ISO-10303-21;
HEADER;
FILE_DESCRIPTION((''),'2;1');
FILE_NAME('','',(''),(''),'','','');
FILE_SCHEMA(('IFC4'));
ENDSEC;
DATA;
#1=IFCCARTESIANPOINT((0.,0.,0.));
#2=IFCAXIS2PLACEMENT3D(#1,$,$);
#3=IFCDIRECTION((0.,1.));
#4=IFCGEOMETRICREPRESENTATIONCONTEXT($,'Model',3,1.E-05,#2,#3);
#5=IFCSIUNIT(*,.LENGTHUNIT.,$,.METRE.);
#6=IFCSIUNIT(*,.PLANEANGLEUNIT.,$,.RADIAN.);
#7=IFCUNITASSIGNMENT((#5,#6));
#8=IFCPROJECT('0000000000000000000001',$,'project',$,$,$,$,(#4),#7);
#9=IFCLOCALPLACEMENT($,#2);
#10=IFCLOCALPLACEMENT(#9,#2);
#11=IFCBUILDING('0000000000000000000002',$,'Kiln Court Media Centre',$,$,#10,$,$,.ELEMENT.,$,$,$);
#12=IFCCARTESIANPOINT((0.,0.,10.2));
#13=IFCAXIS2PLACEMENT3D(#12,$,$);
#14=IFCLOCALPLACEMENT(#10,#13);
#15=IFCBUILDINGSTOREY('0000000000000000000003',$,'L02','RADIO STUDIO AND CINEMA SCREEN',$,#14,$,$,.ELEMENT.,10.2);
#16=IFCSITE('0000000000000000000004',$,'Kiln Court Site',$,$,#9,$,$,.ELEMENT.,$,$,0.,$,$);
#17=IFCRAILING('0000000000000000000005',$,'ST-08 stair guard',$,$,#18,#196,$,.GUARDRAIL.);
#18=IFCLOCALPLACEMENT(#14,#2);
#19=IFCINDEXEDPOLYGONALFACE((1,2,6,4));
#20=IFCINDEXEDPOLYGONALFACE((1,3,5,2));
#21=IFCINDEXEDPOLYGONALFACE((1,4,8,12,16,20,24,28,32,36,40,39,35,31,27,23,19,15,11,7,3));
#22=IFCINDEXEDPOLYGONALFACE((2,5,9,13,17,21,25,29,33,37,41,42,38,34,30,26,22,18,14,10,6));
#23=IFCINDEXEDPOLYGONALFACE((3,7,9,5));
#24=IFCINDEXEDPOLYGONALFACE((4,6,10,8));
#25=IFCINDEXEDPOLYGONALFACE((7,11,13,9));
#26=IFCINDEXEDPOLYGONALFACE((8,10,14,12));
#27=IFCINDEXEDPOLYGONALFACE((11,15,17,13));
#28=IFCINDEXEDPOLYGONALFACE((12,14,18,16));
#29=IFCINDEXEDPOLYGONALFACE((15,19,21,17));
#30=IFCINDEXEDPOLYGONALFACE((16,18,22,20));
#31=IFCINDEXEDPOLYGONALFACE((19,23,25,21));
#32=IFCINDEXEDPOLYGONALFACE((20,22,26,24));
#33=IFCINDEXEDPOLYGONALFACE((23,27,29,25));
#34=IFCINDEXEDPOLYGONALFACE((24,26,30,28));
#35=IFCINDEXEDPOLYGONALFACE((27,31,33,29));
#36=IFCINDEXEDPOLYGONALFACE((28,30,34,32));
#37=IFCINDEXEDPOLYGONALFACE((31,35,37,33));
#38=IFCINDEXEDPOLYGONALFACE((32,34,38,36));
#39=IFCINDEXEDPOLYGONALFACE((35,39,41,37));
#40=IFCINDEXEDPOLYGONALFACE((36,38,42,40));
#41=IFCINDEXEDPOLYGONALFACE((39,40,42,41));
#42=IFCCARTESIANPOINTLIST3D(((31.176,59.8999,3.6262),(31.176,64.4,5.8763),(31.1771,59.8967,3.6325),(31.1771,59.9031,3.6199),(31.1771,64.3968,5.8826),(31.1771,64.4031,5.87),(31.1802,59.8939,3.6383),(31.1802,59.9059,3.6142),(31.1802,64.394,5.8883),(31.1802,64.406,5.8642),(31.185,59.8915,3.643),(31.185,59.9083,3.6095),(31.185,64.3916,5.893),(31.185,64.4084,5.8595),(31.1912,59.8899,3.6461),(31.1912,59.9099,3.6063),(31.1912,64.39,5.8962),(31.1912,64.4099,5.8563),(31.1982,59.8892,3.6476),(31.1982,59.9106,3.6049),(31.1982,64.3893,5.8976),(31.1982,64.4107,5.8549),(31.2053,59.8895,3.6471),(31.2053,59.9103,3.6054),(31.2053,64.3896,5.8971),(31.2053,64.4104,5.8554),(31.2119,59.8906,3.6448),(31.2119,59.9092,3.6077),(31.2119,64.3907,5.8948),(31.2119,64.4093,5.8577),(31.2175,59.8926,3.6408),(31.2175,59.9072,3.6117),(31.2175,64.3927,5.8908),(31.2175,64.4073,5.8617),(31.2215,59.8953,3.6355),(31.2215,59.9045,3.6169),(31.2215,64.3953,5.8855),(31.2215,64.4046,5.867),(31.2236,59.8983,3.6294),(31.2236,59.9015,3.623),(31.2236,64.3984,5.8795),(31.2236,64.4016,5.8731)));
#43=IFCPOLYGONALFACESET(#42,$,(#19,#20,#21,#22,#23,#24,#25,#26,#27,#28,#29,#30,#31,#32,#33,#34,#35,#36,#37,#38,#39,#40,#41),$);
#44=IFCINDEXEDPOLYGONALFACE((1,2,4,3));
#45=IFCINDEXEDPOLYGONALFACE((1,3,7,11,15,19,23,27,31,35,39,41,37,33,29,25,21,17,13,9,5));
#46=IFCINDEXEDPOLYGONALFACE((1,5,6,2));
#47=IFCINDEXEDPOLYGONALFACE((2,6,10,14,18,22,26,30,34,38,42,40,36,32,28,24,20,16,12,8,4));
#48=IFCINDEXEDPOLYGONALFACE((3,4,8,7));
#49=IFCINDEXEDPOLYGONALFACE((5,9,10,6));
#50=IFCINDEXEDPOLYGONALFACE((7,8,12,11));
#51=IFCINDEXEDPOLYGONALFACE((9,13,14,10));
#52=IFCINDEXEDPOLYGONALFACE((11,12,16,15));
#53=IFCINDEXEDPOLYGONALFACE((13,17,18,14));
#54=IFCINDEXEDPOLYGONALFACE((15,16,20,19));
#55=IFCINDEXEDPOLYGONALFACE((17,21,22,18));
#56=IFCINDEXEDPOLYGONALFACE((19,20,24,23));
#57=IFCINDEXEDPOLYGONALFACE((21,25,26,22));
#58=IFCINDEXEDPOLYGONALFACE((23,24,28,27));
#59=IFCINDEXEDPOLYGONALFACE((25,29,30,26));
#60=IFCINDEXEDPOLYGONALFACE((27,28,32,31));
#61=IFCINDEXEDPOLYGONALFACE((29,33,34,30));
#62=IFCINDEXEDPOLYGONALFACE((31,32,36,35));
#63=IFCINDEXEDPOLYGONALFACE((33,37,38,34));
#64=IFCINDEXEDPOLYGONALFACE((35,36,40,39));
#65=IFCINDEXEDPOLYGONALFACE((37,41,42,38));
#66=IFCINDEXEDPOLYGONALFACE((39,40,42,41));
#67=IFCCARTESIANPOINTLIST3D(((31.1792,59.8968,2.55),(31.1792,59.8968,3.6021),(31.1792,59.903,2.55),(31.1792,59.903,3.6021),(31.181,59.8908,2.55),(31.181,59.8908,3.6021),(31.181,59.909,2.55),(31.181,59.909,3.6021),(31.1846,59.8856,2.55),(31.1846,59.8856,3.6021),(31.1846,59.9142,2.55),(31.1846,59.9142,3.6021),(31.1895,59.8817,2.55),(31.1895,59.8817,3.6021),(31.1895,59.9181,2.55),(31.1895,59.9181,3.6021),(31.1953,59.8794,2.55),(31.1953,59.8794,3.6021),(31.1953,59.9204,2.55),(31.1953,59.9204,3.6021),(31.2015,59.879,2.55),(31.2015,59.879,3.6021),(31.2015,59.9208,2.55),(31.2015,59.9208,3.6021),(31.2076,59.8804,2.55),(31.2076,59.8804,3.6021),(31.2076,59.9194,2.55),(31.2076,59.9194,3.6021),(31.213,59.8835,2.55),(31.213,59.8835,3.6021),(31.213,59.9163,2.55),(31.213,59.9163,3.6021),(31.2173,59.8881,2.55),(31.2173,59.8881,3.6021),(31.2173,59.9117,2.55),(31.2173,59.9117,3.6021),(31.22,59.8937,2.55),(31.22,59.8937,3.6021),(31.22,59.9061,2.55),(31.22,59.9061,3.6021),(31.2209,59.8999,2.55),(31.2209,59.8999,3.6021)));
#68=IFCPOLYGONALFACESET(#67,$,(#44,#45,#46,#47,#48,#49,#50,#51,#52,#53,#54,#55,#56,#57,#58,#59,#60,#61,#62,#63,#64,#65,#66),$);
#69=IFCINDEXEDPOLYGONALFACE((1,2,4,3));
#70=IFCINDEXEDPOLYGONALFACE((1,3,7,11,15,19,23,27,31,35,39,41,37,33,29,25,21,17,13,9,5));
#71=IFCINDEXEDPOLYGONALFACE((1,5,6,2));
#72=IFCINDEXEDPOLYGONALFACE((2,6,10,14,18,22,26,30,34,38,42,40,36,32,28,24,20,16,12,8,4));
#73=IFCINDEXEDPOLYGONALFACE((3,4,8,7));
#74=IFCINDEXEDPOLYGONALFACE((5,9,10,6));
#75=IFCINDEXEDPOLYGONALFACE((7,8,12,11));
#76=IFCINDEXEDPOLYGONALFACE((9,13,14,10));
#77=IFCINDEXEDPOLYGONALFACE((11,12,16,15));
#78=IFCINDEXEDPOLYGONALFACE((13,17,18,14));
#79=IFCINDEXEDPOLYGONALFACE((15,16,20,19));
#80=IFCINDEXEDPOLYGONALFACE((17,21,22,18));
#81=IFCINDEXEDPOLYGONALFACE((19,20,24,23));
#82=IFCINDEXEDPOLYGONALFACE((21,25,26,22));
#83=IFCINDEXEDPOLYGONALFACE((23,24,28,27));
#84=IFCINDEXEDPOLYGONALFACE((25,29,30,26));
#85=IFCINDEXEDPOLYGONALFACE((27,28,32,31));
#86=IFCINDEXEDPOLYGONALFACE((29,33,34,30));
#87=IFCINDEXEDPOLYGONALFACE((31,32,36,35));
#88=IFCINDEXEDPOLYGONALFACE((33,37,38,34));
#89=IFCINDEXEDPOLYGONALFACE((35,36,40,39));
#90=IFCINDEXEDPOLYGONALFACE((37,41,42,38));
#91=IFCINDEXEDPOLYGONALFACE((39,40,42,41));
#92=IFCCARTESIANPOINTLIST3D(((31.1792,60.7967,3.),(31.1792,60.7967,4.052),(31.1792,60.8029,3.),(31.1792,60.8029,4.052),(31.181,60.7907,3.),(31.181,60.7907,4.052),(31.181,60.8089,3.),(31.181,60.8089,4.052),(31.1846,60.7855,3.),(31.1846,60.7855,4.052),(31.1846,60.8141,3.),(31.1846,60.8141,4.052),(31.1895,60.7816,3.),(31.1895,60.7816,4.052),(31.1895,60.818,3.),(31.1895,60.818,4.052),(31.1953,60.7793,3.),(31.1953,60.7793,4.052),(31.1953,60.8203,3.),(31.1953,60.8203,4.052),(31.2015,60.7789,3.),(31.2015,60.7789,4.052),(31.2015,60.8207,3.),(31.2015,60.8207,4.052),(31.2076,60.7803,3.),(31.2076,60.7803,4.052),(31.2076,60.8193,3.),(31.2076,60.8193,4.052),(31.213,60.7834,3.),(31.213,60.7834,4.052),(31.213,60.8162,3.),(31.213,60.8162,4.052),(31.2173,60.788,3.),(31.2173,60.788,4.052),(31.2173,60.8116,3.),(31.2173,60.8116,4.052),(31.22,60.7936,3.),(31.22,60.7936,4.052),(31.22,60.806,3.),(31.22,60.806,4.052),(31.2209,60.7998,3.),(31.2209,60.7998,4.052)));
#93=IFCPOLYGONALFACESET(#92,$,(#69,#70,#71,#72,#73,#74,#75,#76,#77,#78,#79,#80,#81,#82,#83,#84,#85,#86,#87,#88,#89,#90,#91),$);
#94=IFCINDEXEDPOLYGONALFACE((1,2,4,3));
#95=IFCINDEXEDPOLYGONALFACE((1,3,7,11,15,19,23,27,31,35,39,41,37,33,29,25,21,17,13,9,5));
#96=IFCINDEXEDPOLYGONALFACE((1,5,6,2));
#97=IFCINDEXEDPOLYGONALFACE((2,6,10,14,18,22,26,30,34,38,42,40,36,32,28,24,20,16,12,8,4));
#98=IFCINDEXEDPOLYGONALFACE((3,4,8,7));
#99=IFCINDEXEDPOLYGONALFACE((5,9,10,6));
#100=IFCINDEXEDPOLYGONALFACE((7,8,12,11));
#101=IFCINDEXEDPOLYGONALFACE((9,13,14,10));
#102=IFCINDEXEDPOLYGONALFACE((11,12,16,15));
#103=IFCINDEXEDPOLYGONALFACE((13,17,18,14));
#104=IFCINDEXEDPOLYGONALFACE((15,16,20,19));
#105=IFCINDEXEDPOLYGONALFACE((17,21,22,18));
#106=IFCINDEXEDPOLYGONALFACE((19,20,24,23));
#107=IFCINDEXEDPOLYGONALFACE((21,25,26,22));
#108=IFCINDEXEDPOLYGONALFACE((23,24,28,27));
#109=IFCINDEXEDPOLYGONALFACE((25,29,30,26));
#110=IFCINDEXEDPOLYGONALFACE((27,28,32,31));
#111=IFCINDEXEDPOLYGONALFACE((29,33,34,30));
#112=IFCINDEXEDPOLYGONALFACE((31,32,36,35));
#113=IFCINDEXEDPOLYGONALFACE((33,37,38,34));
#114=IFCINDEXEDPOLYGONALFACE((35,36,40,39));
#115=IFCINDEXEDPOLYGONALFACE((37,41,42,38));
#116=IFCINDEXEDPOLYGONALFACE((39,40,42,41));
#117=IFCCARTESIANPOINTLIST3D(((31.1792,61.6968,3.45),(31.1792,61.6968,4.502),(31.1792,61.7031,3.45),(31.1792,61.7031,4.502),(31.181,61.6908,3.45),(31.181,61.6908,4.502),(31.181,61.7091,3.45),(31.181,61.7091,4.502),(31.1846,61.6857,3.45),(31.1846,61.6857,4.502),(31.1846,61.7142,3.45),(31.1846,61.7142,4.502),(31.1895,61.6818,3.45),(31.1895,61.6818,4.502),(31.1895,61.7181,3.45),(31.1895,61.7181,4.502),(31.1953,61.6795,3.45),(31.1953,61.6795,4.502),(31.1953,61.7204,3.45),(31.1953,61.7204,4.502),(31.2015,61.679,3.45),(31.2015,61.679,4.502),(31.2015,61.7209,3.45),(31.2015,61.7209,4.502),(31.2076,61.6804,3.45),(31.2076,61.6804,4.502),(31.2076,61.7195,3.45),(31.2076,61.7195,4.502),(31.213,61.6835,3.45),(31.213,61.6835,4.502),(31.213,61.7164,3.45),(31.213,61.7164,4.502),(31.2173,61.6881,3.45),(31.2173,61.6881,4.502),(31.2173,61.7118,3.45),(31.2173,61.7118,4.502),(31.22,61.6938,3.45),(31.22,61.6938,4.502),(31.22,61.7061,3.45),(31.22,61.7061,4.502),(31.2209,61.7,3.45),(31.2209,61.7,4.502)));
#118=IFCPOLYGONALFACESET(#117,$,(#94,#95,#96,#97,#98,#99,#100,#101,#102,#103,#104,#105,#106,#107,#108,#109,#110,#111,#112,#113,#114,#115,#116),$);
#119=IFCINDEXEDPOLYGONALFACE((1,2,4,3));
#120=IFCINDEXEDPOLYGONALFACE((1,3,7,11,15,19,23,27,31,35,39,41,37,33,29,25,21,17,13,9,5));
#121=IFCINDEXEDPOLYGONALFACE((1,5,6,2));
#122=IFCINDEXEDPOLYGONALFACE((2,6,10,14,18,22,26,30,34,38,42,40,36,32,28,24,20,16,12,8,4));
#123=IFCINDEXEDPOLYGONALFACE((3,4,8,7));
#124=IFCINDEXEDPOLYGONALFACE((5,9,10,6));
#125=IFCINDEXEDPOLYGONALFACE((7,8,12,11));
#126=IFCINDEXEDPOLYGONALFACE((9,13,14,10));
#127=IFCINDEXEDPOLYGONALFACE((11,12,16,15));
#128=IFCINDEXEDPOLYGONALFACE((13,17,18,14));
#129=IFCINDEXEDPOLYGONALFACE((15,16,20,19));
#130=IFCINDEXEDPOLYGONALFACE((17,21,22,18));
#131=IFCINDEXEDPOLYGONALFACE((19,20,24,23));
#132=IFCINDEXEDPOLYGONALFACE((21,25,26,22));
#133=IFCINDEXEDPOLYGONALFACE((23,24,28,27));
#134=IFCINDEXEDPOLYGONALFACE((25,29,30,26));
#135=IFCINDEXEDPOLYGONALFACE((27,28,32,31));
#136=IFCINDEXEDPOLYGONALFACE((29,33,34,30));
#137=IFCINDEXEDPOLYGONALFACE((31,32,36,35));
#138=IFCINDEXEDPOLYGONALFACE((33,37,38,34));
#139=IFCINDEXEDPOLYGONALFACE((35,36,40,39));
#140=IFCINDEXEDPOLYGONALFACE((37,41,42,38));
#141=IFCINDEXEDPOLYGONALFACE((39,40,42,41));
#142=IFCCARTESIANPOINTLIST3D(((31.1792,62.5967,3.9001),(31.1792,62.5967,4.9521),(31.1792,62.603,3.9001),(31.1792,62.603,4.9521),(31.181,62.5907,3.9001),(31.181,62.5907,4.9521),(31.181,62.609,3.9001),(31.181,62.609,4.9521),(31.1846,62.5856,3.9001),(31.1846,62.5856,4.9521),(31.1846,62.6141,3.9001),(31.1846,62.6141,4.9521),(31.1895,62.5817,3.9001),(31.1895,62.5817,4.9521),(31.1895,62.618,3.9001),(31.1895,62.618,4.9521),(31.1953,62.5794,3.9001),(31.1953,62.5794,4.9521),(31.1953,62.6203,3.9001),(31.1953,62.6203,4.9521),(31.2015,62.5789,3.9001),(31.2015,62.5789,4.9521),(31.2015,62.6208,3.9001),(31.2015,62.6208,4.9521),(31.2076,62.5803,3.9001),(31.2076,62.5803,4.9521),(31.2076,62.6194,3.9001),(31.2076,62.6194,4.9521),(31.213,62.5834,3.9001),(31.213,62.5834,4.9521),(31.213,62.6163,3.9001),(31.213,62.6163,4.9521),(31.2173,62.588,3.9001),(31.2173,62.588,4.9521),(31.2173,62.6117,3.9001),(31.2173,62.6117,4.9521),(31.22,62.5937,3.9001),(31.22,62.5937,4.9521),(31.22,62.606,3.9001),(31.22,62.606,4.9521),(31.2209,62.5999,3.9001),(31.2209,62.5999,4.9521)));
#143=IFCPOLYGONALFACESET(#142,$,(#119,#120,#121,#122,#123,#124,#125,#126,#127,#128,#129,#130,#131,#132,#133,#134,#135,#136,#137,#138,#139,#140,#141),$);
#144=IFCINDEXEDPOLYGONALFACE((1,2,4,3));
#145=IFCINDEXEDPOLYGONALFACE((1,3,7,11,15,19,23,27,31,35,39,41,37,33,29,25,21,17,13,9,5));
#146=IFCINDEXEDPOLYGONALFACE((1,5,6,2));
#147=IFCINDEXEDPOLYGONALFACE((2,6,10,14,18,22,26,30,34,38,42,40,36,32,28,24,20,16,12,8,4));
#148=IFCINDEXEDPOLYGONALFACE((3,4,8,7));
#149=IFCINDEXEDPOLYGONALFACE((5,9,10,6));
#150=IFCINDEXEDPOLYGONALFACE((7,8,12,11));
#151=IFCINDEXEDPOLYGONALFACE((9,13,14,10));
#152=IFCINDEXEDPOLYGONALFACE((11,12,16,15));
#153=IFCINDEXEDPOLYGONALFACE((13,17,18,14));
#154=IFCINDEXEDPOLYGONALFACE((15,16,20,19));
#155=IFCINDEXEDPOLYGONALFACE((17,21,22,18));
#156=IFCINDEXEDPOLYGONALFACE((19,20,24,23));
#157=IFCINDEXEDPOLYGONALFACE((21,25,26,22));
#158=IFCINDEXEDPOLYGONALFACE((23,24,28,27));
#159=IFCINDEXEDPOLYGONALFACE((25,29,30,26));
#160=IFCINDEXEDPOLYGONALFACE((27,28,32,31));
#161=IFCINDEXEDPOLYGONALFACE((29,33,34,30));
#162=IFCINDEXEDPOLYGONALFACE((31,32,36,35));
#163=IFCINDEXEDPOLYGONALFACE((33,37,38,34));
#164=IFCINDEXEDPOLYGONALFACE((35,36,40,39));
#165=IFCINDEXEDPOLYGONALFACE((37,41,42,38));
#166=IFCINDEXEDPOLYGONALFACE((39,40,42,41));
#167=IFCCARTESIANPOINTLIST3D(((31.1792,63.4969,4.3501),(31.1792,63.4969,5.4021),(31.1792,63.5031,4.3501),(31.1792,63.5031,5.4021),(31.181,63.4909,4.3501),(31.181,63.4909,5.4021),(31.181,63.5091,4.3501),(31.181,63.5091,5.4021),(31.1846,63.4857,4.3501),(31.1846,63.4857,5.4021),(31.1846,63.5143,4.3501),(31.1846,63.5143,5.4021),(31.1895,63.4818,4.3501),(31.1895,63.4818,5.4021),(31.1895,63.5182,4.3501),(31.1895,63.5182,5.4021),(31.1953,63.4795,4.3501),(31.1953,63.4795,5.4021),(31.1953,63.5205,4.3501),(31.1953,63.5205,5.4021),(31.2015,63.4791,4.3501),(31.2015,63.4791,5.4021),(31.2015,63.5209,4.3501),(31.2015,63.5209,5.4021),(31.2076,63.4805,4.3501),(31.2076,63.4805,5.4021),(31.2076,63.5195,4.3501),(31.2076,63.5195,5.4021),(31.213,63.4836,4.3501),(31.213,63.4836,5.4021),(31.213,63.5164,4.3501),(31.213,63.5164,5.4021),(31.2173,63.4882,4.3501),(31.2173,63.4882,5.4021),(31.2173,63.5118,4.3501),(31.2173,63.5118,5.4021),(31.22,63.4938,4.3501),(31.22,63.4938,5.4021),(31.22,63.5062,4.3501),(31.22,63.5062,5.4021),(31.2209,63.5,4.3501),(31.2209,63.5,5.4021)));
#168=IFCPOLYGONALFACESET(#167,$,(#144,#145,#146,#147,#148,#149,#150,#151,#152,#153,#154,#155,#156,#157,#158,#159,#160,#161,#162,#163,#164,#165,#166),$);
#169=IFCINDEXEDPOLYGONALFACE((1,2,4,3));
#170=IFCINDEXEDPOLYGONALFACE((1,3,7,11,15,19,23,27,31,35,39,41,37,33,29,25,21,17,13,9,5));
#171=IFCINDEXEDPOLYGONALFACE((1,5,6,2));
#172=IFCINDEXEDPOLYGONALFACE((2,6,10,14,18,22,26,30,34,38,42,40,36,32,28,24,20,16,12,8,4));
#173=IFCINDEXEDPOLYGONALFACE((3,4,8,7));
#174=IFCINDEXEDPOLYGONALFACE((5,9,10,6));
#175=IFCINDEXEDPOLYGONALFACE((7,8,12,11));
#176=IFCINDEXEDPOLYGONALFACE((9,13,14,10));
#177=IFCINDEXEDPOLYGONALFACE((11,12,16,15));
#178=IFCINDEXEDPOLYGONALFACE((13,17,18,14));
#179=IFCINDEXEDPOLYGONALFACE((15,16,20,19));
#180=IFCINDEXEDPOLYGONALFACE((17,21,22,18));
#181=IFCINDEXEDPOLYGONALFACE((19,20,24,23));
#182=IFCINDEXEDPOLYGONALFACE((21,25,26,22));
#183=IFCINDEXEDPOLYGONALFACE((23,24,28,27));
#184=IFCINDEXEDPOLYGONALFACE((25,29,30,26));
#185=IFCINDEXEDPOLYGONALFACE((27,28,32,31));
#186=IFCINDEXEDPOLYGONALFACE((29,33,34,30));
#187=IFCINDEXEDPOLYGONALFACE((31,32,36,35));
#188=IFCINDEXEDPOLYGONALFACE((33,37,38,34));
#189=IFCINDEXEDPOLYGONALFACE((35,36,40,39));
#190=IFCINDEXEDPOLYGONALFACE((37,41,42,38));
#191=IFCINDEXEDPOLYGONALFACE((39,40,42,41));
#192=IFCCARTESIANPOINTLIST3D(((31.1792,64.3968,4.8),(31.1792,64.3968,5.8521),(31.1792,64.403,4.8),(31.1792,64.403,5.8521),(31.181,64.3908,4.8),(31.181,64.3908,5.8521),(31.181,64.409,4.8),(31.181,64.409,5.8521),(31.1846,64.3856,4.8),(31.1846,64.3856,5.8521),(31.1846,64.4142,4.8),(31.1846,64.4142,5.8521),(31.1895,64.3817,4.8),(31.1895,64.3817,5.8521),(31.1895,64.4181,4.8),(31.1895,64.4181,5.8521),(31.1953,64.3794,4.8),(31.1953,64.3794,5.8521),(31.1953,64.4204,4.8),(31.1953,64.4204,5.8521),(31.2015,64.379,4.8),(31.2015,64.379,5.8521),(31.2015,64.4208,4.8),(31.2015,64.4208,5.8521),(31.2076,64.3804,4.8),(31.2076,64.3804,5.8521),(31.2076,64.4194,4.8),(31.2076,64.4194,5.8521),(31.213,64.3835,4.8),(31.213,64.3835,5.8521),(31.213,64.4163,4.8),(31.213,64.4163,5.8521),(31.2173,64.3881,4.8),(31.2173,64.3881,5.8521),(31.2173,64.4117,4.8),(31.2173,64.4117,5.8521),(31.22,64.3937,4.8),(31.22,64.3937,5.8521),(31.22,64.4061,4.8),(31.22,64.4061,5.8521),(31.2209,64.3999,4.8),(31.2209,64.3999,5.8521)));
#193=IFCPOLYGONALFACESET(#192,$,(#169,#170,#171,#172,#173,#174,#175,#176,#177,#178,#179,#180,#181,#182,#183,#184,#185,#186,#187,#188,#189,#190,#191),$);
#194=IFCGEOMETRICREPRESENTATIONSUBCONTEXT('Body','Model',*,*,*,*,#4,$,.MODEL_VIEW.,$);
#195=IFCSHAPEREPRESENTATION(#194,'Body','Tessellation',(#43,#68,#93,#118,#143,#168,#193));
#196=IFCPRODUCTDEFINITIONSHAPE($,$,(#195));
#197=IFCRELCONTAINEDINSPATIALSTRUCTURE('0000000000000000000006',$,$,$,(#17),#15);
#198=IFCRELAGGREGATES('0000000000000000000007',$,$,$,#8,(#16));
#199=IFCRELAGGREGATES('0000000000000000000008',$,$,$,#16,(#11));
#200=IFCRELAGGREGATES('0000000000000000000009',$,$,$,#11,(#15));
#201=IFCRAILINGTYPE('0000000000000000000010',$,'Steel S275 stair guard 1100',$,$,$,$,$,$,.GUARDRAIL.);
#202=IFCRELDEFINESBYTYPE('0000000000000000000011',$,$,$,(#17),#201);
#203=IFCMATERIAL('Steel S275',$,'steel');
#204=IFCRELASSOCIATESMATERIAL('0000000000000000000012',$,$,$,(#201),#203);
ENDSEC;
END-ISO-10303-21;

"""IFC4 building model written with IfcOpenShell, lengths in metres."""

from ifc_helpers import new_model, si_unit, direction, frame, origin, origin_2d, place, context, subcontext, project, spatial, circle, extrude, material, type_object, element, save


model = new_model("IFC4")

# Units and contexts
model_context = context("Model", 3, precision=1e-05, world=origin(), true_north=direction((0.0, 1.0)))
body_context = subcontext(model_context, "Body", "Model", "MODEL_VIEW")
ifc_project = project(units=[si_unit("LENGTHUNIT", "METRE"), si_unit("PLANEANGLEUNIT", "RADIAN")], contexts=[model_context])

# Site, building, storey
site_placement = place(None, origin())
site = spatial("IfcSite", under=ifc_project, at=site_placement, Name="Kiln Court Site", CompositionType="ELEMENT", RefElevation=0.0)
building_placement = place(site_placement, origin())
building = spatial("IfcBuilding", under=site, at=building_placement, Name="Kiln Court Media Centre", CompositionType="ELEMENT")
storey_placement = place(building_placement, frame((0.0, 0.0, 10.2)))
storey = spatial("IfcBuildingStorey", under=building, at=storey_placement, Name="L02", Description="RADIO STUDIO AND CINEMA SCREEN", CompositionType="ELEMENT", Elevation=10.2)

# Railing
ifc_material_1 = material(Name="Steel S275", Category="steel")
railing_type_1 = type_object("IfcRailingType", Name="Steel S275 stair guard 1100", PredefinedType="GUARDRAIL", material=ifc_material_1)
railing_1_placement = place(storey_placement, frame((31.2, 59.8999, 2.55)))
element("IfcRailing", 1, at=railing_1_placement, inside=storey, type_object=railing_type_1, Name="ST-08 stair guard", PredefinedType="GUARDRAIL", context=body_context, shape_type="SweptSolid", body=[
    extrude(circle(Radius=0.0239, at=origin_2d()), frame((0.0, 0.0, 1.0762), z_axis=(0.0, 0.894427, 0.447214), x_axis=(-1.0, 0.0, 0.0)), (0.0, 0.0, 1.0), 5.0312),
    extrude(circle(Radius=0.021, at=origin_2d()), origin(), (0.0, 0.0, 1.0), 1.052),
    extrude(circle(Radius=0.021, at=origin_2d()), frame((0.0, 0.8999, 0.45)), (0.0, 0.0, 1.0), 1.052),
    extrude(circle(Radius=0.021, at=origin_2d()), frame((0.0, 1.8, 0.8999)), (0.0, 0.0, 1.0), 1.052),
    extrude(circle(Radius=0.021, at=origin_2d()), frame((0.0, 2.7, 1.3501)), (0.0, 0.0, 1.0), 1.052),
    extrude(circle(Radius=0.021, at=origin_2d()), frame((0.0, 3.6001, 1.8)), (0.0, 0.0, 1.0), 1.052),
    extrude(circle(Radius=0.021, at=origin_2d()), frame((0.0, 4.5, 2.25)), (0.0, 0.0, 1.0), 1.052),
])

save(model, "model.ifc")
